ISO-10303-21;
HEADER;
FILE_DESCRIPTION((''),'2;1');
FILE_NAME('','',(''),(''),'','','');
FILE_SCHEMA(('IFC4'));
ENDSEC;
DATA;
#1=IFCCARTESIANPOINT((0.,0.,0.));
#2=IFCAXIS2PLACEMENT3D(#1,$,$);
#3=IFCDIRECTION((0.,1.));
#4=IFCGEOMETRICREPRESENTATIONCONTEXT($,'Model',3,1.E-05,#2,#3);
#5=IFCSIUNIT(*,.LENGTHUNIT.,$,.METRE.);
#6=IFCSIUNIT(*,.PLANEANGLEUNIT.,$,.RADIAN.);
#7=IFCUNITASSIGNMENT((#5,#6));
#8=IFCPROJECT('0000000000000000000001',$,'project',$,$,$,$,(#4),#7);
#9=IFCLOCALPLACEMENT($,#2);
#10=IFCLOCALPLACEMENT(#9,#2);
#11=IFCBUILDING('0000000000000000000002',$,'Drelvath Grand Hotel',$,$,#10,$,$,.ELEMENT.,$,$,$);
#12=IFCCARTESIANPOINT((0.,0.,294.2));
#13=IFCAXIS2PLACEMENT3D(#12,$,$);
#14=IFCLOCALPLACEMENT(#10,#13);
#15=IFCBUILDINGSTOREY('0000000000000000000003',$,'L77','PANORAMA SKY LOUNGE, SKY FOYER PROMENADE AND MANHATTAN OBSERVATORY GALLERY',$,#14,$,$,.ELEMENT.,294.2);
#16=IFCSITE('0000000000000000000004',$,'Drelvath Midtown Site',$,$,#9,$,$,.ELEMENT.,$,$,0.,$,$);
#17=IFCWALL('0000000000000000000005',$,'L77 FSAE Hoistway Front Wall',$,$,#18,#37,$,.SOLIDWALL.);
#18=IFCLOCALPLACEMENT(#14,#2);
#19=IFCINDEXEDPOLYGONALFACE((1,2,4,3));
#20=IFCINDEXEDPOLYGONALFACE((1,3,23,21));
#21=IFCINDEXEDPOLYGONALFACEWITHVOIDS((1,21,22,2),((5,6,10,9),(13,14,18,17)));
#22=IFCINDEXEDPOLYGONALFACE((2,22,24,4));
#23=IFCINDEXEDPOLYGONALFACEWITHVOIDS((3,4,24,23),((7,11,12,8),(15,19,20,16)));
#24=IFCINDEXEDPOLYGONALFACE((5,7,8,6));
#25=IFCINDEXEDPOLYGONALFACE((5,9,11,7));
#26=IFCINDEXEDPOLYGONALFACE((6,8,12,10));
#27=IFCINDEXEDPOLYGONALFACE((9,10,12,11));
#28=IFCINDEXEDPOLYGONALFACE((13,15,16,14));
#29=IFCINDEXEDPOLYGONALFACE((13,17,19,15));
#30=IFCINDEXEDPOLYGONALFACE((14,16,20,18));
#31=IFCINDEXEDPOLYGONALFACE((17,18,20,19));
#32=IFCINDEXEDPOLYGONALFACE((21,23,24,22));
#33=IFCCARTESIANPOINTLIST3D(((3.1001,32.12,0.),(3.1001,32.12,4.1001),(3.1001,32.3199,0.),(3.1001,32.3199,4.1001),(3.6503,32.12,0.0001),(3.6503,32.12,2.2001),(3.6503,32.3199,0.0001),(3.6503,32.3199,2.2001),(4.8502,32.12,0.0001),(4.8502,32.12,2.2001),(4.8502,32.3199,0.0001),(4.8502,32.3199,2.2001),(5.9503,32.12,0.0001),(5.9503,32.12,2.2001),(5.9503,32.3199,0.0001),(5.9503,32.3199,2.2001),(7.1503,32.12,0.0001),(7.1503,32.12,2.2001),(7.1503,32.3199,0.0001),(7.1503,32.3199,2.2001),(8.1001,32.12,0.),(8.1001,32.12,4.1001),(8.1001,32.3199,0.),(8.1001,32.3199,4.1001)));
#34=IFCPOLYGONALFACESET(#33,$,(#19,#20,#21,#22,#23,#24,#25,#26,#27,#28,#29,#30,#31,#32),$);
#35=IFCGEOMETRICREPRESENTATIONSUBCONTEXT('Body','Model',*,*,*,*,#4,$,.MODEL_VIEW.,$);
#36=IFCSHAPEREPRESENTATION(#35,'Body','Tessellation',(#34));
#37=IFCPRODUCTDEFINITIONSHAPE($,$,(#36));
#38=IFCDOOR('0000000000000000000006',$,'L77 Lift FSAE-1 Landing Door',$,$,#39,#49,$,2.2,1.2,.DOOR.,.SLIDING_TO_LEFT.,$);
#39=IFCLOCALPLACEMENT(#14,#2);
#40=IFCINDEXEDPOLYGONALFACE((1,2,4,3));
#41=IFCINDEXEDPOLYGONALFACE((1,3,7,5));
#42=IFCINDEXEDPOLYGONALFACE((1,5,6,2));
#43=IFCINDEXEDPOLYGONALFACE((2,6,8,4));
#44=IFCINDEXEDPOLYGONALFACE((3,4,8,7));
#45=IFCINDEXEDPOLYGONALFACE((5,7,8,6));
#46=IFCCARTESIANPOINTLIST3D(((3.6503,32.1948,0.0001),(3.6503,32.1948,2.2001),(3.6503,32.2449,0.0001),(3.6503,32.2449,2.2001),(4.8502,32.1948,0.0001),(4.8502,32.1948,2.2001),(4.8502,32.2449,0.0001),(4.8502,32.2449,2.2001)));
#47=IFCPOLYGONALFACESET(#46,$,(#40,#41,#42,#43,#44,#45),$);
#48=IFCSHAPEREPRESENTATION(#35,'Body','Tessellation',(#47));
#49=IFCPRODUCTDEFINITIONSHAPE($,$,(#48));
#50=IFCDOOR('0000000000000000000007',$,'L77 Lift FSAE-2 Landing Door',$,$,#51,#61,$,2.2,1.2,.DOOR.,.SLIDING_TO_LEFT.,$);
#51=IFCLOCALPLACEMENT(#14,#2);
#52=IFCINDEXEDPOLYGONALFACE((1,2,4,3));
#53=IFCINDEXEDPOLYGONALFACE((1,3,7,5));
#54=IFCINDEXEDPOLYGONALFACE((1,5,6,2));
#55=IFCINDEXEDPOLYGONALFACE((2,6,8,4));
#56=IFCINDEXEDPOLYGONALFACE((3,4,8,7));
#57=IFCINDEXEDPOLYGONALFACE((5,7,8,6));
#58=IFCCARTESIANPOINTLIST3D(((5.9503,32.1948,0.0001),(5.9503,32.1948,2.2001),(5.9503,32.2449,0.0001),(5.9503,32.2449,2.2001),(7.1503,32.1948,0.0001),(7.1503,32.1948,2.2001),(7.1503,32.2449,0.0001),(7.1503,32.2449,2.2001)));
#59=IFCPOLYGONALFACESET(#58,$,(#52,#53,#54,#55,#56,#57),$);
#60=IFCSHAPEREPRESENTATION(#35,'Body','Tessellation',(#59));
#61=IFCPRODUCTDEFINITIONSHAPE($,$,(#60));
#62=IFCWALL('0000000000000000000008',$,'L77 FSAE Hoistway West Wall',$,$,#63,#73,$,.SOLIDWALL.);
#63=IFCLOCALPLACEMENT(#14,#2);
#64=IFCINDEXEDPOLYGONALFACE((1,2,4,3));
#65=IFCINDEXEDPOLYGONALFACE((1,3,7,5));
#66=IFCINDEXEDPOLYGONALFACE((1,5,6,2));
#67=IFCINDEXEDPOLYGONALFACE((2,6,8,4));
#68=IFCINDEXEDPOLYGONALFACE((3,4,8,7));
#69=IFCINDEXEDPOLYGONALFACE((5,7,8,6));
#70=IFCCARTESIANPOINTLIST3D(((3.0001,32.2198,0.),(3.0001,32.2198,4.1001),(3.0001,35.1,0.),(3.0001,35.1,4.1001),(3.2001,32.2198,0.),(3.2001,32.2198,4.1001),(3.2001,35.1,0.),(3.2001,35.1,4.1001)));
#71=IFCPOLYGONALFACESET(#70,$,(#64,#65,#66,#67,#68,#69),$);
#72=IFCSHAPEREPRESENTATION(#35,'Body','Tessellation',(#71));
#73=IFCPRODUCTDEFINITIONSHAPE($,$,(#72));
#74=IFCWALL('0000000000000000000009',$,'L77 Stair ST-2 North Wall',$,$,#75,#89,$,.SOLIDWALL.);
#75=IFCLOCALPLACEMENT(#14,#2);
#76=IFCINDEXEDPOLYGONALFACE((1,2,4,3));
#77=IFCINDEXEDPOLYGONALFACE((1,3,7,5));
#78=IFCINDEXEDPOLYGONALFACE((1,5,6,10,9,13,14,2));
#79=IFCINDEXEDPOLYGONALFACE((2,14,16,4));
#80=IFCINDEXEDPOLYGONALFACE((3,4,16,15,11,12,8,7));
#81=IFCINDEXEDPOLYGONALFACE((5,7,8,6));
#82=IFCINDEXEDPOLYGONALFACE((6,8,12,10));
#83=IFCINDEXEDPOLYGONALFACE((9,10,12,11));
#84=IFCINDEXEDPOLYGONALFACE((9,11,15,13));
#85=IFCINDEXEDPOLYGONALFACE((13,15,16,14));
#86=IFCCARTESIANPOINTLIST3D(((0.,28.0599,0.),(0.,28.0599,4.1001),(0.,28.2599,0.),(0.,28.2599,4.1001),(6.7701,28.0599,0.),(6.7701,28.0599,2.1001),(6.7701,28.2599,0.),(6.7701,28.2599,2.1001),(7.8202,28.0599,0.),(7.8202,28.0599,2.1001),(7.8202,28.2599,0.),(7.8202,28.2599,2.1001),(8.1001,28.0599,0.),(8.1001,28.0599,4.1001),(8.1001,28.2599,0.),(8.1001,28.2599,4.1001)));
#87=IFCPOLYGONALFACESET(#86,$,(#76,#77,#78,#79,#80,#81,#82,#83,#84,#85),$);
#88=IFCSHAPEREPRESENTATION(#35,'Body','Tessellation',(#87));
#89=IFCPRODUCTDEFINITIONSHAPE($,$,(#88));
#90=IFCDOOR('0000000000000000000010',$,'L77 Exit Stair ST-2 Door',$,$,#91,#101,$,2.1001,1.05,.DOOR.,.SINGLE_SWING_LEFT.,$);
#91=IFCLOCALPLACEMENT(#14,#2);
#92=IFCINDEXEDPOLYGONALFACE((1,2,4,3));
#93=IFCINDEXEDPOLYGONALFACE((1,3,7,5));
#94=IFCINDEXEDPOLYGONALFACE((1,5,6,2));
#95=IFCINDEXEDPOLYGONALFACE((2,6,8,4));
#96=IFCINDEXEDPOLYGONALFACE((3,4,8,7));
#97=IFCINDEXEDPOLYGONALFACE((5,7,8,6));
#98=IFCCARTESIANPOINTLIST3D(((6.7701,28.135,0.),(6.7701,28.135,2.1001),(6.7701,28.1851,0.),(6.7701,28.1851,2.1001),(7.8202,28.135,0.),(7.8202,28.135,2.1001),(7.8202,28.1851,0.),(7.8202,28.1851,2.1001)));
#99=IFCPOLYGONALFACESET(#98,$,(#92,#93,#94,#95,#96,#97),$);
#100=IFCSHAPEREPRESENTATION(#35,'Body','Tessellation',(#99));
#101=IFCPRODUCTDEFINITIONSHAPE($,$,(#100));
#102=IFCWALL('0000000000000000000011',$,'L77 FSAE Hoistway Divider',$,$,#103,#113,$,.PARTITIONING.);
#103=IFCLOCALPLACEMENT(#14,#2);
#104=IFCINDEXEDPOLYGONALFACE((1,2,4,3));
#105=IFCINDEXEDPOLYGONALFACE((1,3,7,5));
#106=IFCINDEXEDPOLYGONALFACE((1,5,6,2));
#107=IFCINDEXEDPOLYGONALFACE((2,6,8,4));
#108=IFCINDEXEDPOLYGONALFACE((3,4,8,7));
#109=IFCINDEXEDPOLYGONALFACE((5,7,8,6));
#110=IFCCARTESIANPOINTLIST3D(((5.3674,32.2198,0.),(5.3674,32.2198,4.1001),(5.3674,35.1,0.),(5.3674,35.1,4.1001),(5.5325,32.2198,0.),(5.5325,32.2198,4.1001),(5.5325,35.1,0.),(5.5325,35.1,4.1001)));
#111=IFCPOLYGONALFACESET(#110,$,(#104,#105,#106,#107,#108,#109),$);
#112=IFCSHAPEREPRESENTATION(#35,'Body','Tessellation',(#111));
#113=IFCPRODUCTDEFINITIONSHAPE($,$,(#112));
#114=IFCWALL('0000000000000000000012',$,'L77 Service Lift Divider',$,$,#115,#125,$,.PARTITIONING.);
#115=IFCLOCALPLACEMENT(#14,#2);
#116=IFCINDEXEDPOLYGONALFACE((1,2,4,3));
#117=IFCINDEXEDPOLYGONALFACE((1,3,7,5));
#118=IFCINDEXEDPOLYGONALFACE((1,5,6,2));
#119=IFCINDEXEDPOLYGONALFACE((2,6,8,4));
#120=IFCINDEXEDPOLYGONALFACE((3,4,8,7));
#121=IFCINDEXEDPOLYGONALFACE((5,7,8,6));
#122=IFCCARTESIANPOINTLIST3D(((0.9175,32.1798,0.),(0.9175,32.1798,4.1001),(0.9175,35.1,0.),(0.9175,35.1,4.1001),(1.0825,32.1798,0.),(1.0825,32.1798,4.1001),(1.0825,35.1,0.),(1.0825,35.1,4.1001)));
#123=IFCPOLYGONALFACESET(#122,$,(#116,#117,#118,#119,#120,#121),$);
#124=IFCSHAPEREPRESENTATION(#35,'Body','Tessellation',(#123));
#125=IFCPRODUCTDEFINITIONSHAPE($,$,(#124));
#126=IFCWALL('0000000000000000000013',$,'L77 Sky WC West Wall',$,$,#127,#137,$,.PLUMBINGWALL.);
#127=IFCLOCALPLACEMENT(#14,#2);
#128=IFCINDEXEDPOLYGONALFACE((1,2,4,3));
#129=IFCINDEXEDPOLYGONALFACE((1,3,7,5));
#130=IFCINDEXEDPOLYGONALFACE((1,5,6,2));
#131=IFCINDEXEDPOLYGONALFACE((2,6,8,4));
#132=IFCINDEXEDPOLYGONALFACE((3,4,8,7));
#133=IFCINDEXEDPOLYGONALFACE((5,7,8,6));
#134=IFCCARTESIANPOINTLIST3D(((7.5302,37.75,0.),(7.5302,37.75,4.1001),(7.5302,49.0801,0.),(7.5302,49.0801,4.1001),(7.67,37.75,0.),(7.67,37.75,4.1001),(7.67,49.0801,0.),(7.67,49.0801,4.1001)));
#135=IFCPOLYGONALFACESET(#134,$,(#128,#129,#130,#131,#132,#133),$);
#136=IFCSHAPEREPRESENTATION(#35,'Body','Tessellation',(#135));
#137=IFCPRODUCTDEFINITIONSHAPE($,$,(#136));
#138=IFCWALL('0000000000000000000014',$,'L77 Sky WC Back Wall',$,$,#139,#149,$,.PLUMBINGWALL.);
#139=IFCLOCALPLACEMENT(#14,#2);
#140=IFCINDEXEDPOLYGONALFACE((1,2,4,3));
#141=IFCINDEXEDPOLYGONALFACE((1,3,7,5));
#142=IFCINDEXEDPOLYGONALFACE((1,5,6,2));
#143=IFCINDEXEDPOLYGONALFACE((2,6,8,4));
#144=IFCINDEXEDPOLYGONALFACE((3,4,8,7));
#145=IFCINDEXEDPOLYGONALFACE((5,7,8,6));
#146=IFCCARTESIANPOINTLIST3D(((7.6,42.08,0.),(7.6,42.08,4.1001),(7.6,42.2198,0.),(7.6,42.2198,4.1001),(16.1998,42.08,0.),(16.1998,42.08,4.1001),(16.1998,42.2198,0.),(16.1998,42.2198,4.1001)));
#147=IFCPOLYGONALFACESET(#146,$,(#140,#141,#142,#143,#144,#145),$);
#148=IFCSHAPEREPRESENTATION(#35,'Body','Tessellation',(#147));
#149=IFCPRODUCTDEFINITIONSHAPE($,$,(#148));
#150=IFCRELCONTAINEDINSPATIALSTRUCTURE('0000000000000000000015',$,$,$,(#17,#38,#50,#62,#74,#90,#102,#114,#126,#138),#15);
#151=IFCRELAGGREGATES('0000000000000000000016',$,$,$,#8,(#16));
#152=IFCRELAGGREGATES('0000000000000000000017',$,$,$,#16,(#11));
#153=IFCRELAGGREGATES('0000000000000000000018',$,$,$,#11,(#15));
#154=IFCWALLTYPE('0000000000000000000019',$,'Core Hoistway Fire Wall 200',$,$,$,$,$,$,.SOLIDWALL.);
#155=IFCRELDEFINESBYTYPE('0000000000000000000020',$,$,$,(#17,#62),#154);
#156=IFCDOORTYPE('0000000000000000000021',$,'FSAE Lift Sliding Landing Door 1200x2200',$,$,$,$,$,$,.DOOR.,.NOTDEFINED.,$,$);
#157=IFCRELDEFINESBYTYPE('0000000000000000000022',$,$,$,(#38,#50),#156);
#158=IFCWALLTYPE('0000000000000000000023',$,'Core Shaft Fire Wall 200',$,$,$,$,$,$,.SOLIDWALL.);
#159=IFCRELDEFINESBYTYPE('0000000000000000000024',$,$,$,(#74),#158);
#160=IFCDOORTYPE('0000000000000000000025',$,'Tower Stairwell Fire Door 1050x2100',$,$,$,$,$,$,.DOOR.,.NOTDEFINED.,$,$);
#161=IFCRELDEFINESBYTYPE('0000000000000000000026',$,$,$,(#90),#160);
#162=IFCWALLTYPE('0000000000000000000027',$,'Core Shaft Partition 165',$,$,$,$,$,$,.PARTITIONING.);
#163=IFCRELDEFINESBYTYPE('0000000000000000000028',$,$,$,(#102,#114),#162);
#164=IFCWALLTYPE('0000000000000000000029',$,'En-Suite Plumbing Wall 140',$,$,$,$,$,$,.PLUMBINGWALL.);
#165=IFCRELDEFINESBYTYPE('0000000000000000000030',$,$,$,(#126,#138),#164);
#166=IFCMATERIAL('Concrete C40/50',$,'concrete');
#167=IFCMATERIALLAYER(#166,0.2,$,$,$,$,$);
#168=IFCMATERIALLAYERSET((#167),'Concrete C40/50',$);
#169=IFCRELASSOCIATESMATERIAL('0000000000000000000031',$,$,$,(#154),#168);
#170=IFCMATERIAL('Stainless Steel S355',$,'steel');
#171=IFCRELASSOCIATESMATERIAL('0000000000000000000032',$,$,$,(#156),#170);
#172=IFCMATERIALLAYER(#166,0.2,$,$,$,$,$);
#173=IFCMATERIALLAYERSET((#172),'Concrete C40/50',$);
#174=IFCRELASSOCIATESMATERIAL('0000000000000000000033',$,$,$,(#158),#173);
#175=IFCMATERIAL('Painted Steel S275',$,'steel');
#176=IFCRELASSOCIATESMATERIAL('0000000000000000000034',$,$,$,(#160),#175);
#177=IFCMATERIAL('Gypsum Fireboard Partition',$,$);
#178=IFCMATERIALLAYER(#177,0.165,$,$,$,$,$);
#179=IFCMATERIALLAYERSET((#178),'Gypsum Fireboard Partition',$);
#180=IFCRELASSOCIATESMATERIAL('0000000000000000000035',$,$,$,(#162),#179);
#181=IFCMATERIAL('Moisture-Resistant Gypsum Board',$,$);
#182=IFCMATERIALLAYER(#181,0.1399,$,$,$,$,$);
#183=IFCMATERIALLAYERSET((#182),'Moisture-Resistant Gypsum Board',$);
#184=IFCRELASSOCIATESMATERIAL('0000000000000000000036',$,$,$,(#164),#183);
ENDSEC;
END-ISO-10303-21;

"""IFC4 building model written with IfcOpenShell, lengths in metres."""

from ifc_helpers import new_model, si_unit, direction, frame, frame_2d, origin, place, context, subcontext, project, spatial, rectangle, extrude, material, layer, layer_set, type_object, element, fill, save


model = new_model("IFC4")

# Units and contexts
model_context = context("Model", 3, precision=1e-05, world=origin(), true_north=direction((0.0, 1.0)))
body_context = subcontext(model_context, "Body", "Model", "MODEL_VIEW")
ifc_project = project(units=[si_unit("LENGTHUNIT", "METRE"), si_unit("PLANEANGLEUNIT", "RADIAN")], contexts=[model_context])

# Site, building, storey
site_placement = place(None, origin())
site = spatial("IfcSite", under=ifc_project, at=site_placement, Name="Drelvath Midtown Site", CompositionType="ELEMENT", RefElevation=0.0)
building_placement = place(site_placement, origin())
building = spatial("IfcBuilding", under=site, at=building_placement, Name="Drelvath Grand Hotel", CompositionType="ELEMENT")
storey_placement = place(building_placement, frame((0.0, 0.0, 294.2)))
storey = spatial("IfcBuildingStorey", under=building, at=storey_placement, Name="L77", Description="PANORAMA SKY LOUNGE, SKY FOYER PROMENADE AND MANHATTAN OBSERVATORY GALLERY", CompositionType="ELEMENT", Elevation=294.2)

# Wall, openings, doors
ifc_material_1 = material(Name="Concrete C40/50", Category="concrete")
ifc_layer_1 = layer(ifc_material_1, 0.2)
ifc_layer_set_1 = layer_set([ifc_layer_1], Name="Concrete C40/50")
wall_type_1 = type_object("IfcWallType", Name="Core Hoistway Fire Wall 200", PredefinedType="SOLIDWALL", material=ifc_layer_set_1)
wall_1_placement = place(storey_placement, frame((3.1001, 32.22, 0.0), z_axis=(0.0, 0.0, 1.0), x_axis=(1.0, 0.0, 0.0)))
wall_1 = element("IfcWall", 1, at=wall_1_placement, inside=storey, type_object=wall_type_1, Name="L77 FSAE Hoistway Front Wall", PredefinedType="SOLIDWALL", context=body_context, shape_type="SweptSolid", body=[
    extrude(rectangle(XDim=5.0, YDim=0.2, at=frame_2d((2.5, 0.0))), origin(), (0.0, 0.0, 1.0), 4.1001),
])
opening_1_placement = place(wall_1_placement, frame((0.55, 0.0, 0.0)))
opening_1 = element("IfcOpeningElement", 2, at=opening_1_placement, cuts=wall_1, PredefinedType="OPENING", context=body_context, shape_type="SweptSolid", body=[
    extrude(rectangle(XDim=1.2, YDim=2.2, at=frame_2d((0.6001, 1.1001))), frame((0.0, 0.1099, 0.0), z_axis=(0.0, -1.0, 0.0), x_axis=(1.0, 0.0, 0.0)), (0.0, 0.0, 1.0), 0.22),
])
opening_2_placement = place(wall_1_placement, frame((2.8501, 0.0, 0.0)))
opening_2 = element("IfcOpeningElement", 3, at=opening_2_placement, cuts=wall_1, PredefinedType="OPENING", context=body_context, shape_type="SweptSolid", body=[
    extrude(rectangle(XDim=1.2, YDim=2.2, at=frame_2d((0.6001, 1.1001))), frame((0.0, 0.1099, 0.0), z_axis=(0.0, -1.0, 0.0), x_axis=(1.0, 0.0, 0.0)), (0.0, 0.0, 1.0), 0.22),
])
ifc_material_2 = material(Name="Stainless Steel S355", Category="steel")
door_type_1 = type_object("IfcDoorType", Name="FSAE Lift Sliding Landing Door 1200x2200", OperationType="NOTDEFINED", PredefinedType="DOOR", material=ifc_material_2)
door_1_placement = place(opening_1_placement, origin())
door_1 = element("IfcDoor", 4, at=door_1_placement, inside=storey, type_object=door_type_1, Name="L77 Lift FSAE-1 Landing Door", OperationType="SLIDING_TO_LEFT", OverallHeight=2.2, OverallWidth=1.2, PredefinedType="DOOR", context=body_context, shape_type="SweptSolid", body=[
    extrude(rectangle(XDim=1.2, YDim=2.2, at=frame_2d((0.6001, 1.1001))), frame((0.0, 0.0249, 0.0), z_axis=(0.0, -1.0, 0.0), x_axis=(1.0, 0.0, 0.0)), (0.0, 0.0, 1.0), 0.05),
])
fill(opening_1, door_1)
door_2_placement = place(opening_2_placement, origin())
door_2 = element("IfcDoor", 5, at=door_2_placement, inside=storey, type_object=door_type_1, Name="L77 Lift FSAE-2 Landing Door", OperationType="SLIDING_TO_LEFT", OverallHeight=2.2, OverallWidth=1.2, PredefinedType="DOOR", context=body_context, shape_type="SweptSolid", body=[
    extrude(rectangle(XDim=1.2, YDim=2.2, at=frame_2d((0.6001, 1.1001))), frame((0.0, 0.0249, 0.0), z_axis=(0.0, -1.0, 0.0), x_axis=(1.0, 0.0, 0.0)), (0.0, 0.0, 1.0), 0.05),
])
fill(opening_2, door_2)

# Wall
wall_2_placement = place(storey_placement, frame((3.1001, 32.22, 0.0), z_axis=(0.0, 0.0, 1.0), x_axis=(0.0, 1.0, 0.0)))
element("IfcWall", 6, at=wall_2_placement, inside=storey, type_object=wall_type_1, Name="L77 FSAE Hoistway West Wall", PredefinedType="SOLIDWALL", context=body_context, shape_type="SweptSolid", body=[
    extrude(rectangle(XDim=2.8801, YDim=0.2, at=frame_2d((1.4399, 0.0))), origin(), (0.0, 0.0, 1.0), 4.1001),
])

# Wall, opening, door
ifc_layer_2 = layer(ifc_material_1, 0.2)
ifc_layer_set_2 = layer_set([ifc_layer_2], Name="Concrete C40/50")
wall_type_2 = type_object("IfcWallType", Name="Core Shaft Fire Wall 200", PredefinedType="SOLIDWALL", material=ifc_layer_set_2)
wall_3_placement = place(storey_placement, frame((8.1001, 28.1599, 0.0), z_axis=(0.0, 0.0, 1.0), x_axis=(-1.0, 0.0, 0.0)))
wall_3 = element("IfcWall", 7, at=wall_3_placement, inside=storey, type_object=wall_type_2, Name="L77 Stair ST-2 North Wall", PredefinedType="SOLIDWALL", context=body_context, shape_type="SweptSolid", body=[
    extrude(rectangle(XDim=8.1001, YDim=0.2, at=frame_2d((4.05, 0.0))), origin(), (0.0, 0.0, 1.0), 4.1001),
])
opening_3_placement = place(wall_3_placement, frame((0.28, 0.0, 0.0)))
opening_3 = element("IfcOpeningElement", 8, at=opening_3_placement, cuts=wall_3, PredefinedType="OPENING", context=body_context, shape_type="SweptSolid", body=[
    extrude(rectangle(XDim=1.05, YDim=2.1001, at=frame_2d((0.5249, 1.05))), frame((0.0, 0.1099, 0.0), z_axis=(0.0, -1.0, 0.0), x_axis=(1.0, 0.0, 0.0)), (0.0, 0.0, 1.0), 0.22),
])
ifc_material_3 = material(Name="Painted Steel S275", Category="steel")
door_type_2 = type_object("IfcDoorType", Name="Tower Stairwell Fire Door 1050x2100", OperationType="NOTDEFINED", PredefinedType="DOOR", material=ifc_material_3)
door_3_placement = place(opening_3_placement, origin())
door_3 = element("IfcDoor", 9, at=door_3_placement, inside=storey, type_object=door_type_2, Name="L77 Exit Stair ST-2 Door", OperationType="SINGLE_SWING_LEFT", OverallHeight=2.1001, OverallWidth=1.05, PredefinedType="DOOR", context=body_context, shape_type="SweptSolid", body=[
    extrude(rectangle(XDim=1.05, YDim=2.1001, at=frame_2d((0.5249, 1.05))), frame((0.0, 0.0249, 0.0), z_axis=(0.0, -1.0, 0.0), x_axis=(1.0, 0.0, 0.0)), (0.0, 0.0, 1.0), 0.05),
])
fill(opening_3, door_3)

# Walls
ifc_material_4 = material(Name="Gypsum Fireboard Partition")
ifc_layer_3 = layer(ifc_material_4, 0.165)
ifc_layer_set_3 = layer_set([ifc_layer_3], Name="Gypsum Fireboard Partition")
wall_type_3 = type_object("IfcWallType", Name="Core Shaft Partition 165", PredefinedType="PARTITIONING", material=ifc_layer_set_3)
wall_4_placement = place(storey_placement, frame((5.45, 32.22, 0.0), z_axis=(0.0, 0.0, 1.0), x_axis=(0.0, 1.0, 0.0)))
element("IfcWall", 10, at=wall_4_placement, inside=storey, type_object=wall_type_3, Name="L77 FSAE Hoistway Divider", PredefinedType="PARTITIONING", context=body_context, shape_type="SweptSolid", body=[
    extrude(rectangle(XDim=2.8801, YDim=0.165, at=frame_2d((1.4399, 0.0))), origin(), (0.0, 0.0, 1.0), 4.1001),
])
wall_5_placement = place(storey_placement, frame((1.0, 32.1799, 0.0), z_axis=(0.0, 0.0, 1.0), x_axis=(0.0, 1.0, 0.0)))
element("IfcWall", 11, at=wall_5_placement, inside=storey, type_object=wall_type_3, Name="L77 Service Lift Divider", PredefinedType="PARTITIONING", context=body_context, shape_type="SweptSolid", body=[
    extrude(rectangle(XDim=2.9202, YDim=0.165, at=frame_2d((1.46, 0.0))), origin(), (0.0, 0.0, 1.0), 4.1001),
])
ifc_material_5 = material(Name="Moisture-Resistant Gypsum Board")
ifc_layer_4 = layer(ifc_material_5, 0.1399)
ifc_layer_set_4 = layer_set([ifc_layer_4], Name="Moisture-Resistant Gypsum Board")
wall_type_4 = type_object("IfcWallType", Name="En-Suite Plumbing Wall 140", PredefinedType="PLUMBINGWALL", material=ifc_layer_set_4)
wall_6_placement = place(storey_placement, frame((7.6001, 37.75, 0.0), z_axis=(0.0, 0.0, 1.0), x_axis=(0.0, 1.0, 0.0)))
element("IfcWall", 12, at=wall_6_placement, inside=storey, type_object=wall_type_4, Name="L77 Sky WC West Wall", PredefinedType="PLUMBINGWALL", context=body_context, shape_type="SweptSolid", body=[
    extrude(rectangle(XDim=11.3301, YDim=0.1399, at=frame_2d((5.665, 0.0))), origin(), (0.0, 0.0, 1.0), 4.1001),
])
wall_7_placement = place(storey_placement, frame((7.6001, 42.1499, 0.0), z_axis=(0.0, 0.0, 1.0), x_axis=(1.0, 0.0, 0.0)))
element("IfcWall", 13, at=wall_7_placement, inside=storey, type_object=wall_type_4, Name="L77 Sky WC Back Wall", PredefinedType="PLUMBINGWALL", context=body_context, shape_type="SweptSolid", body=[
    extrude(rectangle(XDim=8.5999, YDim=0.1399, at=frame_2d((4.2998, 0.0))), origin(), (0.0, 0.0, 1.0), 4.1001),
])

save(model, "model.ifc")
